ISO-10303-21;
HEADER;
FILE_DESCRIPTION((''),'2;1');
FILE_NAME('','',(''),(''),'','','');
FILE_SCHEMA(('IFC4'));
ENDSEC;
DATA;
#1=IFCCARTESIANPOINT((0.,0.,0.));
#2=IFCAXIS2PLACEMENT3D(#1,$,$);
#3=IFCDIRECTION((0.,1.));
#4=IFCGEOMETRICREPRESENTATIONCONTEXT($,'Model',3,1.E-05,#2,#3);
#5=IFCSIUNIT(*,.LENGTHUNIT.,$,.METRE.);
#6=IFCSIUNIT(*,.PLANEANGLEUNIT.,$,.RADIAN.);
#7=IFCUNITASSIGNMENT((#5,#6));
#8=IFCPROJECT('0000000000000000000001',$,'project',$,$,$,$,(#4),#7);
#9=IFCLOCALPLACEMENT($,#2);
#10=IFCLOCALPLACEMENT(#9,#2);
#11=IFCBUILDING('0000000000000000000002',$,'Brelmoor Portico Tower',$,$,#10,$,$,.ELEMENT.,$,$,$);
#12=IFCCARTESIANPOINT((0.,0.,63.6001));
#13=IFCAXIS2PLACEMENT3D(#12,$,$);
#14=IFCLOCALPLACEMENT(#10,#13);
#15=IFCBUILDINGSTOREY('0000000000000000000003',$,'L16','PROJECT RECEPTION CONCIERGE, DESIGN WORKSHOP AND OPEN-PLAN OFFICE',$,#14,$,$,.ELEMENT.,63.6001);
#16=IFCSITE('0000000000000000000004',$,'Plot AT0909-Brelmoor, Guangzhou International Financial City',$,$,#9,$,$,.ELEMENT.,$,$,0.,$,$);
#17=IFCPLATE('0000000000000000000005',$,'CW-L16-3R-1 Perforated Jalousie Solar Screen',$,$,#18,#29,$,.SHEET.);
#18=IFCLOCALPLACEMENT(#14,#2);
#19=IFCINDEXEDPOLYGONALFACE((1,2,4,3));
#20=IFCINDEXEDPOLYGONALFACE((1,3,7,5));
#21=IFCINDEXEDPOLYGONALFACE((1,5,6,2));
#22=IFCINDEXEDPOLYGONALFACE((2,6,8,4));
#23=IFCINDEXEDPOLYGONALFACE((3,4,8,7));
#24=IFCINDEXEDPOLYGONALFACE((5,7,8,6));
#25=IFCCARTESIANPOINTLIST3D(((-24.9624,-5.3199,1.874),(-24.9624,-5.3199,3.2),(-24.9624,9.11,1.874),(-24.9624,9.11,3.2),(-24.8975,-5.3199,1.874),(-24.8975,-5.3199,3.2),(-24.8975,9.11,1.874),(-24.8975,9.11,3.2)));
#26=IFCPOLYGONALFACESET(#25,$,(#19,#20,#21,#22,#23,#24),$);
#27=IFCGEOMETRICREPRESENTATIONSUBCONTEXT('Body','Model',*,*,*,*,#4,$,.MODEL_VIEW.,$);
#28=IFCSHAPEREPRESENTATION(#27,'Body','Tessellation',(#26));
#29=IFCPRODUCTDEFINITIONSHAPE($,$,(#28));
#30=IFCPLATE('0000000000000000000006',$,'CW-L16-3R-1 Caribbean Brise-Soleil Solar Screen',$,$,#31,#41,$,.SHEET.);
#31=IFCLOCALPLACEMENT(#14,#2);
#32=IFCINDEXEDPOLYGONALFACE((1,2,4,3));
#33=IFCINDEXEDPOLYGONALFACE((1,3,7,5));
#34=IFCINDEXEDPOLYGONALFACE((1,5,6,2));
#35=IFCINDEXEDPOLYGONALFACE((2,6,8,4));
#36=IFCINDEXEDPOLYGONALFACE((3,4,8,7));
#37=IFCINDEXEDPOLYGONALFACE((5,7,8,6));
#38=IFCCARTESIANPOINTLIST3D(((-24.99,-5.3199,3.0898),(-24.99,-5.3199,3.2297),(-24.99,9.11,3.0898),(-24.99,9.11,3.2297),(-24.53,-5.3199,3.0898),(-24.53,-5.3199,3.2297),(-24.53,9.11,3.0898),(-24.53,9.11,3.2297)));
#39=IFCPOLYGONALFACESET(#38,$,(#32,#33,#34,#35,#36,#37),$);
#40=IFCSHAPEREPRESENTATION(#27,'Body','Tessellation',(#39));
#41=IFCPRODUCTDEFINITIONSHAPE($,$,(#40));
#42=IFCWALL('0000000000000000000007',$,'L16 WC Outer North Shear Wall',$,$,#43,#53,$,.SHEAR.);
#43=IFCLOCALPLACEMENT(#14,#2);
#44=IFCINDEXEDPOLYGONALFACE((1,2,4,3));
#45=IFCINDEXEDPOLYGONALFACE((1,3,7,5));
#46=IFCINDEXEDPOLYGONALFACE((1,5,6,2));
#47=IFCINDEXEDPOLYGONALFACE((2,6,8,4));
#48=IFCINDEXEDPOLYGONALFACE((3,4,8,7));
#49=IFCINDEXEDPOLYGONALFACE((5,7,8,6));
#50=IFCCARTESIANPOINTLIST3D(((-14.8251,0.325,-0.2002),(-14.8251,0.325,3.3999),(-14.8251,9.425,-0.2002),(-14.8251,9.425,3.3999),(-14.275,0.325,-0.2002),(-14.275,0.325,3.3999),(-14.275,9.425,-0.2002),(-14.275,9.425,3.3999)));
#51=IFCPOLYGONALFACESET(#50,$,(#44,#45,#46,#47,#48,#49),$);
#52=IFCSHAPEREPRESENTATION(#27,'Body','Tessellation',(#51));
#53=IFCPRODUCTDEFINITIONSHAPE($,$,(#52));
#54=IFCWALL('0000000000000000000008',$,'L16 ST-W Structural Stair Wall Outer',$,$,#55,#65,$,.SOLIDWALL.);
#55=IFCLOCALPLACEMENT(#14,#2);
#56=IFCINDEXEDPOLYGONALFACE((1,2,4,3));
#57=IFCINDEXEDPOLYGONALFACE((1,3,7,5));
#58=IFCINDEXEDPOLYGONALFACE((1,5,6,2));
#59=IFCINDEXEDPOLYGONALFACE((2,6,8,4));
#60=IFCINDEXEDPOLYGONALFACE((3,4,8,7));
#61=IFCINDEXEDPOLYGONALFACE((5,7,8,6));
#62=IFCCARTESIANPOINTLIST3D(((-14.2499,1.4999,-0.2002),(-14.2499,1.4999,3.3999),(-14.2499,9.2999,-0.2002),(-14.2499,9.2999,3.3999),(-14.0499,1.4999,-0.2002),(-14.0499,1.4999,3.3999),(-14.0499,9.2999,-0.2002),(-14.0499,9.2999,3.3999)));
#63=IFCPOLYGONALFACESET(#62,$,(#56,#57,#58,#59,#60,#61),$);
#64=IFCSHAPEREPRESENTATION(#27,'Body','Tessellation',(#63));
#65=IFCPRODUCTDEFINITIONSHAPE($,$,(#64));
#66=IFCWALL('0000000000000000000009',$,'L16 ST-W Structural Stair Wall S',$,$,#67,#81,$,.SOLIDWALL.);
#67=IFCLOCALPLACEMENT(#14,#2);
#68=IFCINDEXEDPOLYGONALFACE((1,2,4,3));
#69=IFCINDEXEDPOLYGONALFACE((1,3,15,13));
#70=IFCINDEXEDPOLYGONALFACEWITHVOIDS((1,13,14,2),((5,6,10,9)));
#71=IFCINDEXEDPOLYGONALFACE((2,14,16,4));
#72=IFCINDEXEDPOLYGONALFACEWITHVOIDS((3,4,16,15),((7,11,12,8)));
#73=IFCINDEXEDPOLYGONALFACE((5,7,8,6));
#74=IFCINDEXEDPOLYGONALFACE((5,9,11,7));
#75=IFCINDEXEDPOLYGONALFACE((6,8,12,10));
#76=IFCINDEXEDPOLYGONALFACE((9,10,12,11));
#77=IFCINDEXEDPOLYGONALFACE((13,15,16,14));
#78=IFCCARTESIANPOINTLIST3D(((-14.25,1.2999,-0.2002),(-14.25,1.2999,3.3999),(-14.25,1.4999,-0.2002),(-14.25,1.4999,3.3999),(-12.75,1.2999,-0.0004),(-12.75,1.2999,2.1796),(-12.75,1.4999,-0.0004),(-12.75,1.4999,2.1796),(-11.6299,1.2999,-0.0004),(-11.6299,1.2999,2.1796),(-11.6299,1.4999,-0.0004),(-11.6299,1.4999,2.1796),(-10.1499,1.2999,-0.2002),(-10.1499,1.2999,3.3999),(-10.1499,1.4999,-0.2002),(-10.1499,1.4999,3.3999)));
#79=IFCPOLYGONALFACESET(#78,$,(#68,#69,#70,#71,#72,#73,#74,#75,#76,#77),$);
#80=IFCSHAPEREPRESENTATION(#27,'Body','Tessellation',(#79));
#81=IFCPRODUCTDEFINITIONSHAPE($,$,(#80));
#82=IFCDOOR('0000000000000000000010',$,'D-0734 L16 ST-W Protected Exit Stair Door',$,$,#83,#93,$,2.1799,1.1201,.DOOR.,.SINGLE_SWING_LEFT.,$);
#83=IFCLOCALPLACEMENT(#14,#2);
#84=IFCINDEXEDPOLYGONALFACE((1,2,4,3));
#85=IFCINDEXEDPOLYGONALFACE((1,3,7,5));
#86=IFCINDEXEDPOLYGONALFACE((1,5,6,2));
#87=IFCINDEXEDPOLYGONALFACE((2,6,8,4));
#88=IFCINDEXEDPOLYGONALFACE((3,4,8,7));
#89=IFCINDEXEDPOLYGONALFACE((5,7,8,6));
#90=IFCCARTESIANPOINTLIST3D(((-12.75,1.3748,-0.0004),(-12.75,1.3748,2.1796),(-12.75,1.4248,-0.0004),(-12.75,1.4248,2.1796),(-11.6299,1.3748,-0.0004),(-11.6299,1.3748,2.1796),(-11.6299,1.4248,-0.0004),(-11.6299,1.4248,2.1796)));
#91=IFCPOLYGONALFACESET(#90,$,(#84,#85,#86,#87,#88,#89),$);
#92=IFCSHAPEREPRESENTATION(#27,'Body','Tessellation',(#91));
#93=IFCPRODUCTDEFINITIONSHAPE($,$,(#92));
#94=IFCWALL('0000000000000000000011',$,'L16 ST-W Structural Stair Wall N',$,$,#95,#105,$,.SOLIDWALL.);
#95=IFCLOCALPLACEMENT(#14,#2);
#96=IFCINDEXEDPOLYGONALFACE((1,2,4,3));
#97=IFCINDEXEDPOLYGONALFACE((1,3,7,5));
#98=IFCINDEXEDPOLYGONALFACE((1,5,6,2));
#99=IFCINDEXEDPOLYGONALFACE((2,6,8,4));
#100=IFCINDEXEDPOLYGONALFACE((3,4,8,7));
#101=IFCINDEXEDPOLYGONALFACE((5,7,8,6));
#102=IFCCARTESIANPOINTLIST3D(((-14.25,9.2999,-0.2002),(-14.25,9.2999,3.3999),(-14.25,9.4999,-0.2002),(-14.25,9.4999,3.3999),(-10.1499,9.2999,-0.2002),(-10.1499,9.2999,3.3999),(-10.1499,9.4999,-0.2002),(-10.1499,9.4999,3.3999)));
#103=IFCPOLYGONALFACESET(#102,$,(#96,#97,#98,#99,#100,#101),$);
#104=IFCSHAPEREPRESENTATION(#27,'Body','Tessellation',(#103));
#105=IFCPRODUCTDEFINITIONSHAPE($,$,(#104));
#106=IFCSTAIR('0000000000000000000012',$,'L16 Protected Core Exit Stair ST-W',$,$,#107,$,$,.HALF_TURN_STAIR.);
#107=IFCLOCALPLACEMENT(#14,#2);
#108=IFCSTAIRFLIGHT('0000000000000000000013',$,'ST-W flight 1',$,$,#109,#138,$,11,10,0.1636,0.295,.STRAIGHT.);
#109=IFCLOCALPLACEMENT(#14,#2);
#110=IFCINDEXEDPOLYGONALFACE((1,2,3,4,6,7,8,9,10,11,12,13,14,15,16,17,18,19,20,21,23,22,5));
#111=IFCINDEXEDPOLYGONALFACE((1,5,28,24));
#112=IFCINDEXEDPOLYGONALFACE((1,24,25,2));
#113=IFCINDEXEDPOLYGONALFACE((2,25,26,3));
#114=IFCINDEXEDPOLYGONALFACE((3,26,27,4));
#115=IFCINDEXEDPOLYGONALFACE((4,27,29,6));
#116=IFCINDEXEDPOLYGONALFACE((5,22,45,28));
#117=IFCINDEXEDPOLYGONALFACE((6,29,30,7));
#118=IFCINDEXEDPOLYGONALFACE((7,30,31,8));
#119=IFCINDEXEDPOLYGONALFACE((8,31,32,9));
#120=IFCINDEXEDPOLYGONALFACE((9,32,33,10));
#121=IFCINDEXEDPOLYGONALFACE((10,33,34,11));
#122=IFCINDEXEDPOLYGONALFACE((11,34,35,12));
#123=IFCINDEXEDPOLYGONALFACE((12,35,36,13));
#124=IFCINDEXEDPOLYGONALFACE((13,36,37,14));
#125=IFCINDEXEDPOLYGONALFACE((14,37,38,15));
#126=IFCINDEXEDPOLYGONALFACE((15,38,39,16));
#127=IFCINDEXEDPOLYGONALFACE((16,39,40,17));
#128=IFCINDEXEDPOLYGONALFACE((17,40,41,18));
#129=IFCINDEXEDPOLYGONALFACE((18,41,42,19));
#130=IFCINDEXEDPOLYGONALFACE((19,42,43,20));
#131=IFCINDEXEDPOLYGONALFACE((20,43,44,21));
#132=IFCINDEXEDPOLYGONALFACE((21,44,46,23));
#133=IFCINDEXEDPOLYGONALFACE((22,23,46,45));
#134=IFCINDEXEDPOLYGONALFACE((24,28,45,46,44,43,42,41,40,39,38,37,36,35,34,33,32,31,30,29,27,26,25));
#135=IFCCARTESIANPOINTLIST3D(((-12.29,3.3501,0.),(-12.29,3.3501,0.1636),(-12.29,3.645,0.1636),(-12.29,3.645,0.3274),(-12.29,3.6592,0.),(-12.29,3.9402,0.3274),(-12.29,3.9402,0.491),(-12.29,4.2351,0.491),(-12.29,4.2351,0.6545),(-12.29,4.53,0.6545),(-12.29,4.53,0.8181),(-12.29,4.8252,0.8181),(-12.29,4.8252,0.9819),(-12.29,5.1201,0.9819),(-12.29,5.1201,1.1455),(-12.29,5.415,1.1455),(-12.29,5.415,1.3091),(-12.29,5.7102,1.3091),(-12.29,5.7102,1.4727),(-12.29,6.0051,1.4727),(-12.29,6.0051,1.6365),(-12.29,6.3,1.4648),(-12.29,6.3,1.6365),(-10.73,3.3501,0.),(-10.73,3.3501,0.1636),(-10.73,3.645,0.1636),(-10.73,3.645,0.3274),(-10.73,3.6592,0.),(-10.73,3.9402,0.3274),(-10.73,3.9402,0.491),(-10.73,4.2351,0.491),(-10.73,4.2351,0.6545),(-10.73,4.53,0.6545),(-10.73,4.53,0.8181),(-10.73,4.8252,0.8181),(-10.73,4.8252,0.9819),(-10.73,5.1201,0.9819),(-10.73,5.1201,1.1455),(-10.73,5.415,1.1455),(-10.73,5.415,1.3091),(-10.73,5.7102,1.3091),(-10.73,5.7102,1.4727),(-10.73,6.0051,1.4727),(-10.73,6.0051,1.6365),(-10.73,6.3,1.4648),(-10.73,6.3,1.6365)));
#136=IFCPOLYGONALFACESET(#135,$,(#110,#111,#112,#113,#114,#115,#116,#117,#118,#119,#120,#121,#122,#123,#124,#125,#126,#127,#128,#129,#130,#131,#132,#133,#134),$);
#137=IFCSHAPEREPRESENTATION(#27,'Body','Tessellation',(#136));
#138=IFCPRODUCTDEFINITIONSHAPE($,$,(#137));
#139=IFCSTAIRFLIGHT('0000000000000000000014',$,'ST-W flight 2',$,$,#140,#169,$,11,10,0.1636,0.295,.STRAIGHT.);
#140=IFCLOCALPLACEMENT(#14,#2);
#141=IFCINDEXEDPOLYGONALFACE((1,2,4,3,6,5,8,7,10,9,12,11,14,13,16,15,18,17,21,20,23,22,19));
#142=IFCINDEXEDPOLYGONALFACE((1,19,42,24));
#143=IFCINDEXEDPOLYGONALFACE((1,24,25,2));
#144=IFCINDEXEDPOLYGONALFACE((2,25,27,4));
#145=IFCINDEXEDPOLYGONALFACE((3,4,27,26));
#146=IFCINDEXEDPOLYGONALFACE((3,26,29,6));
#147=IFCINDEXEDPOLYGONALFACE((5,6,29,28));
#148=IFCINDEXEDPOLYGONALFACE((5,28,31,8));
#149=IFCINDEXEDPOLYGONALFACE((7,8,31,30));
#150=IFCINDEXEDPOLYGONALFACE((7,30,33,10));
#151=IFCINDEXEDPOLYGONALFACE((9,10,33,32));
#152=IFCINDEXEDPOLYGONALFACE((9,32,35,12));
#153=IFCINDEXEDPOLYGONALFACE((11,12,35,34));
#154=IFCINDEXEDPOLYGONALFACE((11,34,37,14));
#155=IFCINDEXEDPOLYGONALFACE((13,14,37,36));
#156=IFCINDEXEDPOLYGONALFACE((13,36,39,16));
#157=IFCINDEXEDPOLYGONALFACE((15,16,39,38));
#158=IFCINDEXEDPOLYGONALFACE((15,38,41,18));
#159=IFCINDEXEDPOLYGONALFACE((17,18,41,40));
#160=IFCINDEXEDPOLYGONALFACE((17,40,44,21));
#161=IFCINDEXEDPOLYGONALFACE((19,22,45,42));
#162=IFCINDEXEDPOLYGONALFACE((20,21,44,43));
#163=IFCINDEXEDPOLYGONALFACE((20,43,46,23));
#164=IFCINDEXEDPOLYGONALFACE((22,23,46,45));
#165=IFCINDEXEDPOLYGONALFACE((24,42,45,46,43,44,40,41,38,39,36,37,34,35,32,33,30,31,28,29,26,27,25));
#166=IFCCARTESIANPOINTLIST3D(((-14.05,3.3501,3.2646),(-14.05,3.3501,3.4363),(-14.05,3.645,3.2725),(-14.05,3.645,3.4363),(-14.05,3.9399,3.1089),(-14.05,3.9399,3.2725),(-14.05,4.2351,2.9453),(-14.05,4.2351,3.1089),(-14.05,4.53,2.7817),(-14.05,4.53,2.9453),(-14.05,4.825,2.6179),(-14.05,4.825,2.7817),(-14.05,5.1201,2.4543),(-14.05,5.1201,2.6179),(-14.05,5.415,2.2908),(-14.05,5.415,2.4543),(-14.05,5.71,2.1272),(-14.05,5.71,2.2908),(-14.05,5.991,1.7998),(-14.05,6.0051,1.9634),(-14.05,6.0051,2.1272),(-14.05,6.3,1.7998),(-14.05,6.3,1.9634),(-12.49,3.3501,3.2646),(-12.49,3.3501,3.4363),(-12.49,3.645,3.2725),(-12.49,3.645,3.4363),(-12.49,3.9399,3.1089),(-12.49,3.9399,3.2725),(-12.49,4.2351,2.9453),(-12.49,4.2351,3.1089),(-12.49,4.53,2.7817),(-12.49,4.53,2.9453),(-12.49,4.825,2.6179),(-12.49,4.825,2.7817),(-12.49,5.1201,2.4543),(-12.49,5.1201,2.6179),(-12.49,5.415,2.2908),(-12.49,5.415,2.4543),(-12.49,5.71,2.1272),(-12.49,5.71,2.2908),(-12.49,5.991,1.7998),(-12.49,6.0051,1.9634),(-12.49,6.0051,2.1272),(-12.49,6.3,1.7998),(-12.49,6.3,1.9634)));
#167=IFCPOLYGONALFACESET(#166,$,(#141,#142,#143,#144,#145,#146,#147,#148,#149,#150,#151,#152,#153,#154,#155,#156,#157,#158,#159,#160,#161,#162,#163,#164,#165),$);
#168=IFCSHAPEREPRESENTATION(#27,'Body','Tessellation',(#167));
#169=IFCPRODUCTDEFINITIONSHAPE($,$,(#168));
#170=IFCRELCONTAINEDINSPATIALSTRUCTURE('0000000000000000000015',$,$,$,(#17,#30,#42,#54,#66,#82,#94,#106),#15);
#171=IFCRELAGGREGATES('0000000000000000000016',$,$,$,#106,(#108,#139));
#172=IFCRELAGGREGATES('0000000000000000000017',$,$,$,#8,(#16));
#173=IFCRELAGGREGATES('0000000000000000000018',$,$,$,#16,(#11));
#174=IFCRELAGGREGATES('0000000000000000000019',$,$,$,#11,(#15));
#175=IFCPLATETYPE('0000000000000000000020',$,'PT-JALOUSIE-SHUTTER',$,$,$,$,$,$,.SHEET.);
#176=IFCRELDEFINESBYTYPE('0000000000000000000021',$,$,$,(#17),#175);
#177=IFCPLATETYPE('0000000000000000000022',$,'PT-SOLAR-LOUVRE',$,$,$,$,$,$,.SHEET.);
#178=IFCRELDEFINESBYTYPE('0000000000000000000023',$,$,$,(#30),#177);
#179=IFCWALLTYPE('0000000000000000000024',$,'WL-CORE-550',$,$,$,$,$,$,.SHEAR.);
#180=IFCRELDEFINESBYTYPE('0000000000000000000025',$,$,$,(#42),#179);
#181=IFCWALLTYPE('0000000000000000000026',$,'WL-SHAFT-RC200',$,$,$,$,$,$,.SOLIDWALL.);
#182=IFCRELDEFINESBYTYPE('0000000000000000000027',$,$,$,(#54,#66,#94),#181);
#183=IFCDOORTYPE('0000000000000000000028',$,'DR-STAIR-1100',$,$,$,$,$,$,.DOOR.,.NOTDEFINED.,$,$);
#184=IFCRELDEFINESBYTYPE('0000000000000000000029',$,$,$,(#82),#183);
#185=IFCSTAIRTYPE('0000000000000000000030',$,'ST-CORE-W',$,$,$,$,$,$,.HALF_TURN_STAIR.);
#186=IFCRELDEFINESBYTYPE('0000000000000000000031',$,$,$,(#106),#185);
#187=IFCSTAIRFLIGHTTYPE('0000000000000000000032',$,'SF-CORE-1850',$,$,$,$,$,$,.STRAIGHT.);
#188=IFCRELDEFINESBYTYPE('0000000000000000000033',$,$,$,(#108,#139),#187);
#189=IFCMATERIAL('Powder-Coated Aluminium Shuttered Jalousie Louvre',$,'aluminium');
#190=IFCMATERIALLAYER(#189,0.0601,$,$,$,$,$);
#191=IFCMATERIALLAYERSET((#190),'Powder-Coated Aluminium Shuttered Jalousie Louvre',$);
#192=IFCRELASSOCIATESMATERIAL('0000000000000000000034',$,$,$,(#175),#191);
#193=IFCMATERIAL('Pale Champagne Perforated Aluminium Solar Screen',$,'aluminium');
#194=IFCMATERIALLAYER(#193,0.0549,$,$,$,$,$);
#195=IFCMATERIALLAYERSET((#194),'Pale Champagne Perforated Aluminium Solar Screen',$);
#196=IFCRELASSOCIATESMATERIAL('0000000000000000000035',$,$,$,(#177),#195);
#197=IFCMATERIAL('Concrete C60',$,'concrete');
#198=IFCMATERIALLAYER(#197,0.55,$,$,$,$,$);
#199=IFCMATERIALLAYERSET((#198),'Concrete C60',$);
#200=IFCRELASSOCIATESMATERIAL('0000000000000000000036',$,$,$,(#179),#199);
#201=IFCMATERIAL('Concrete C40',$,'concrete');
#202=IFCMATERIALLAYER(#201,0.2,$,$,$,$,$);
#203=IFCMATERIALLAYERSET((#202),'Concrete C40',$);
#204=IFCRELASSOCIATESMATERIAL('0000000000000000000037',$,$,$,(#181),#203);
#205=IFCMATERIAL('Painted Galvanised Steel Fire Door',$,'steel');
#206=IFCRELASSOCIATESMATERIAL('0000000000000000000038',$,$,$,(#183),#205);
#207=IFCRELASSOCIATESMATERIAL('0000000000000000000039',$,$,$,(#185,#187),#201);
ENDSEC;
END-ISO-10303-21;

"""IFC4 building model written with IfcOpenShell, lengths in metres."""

from ifc_helpers import new_model, si_unit, direction, frame, frame_2d, origin, origin_2d, place, context, subcontext, project, spatial, polyline, rectangle, outline, extrude, material, layer, layer_set, type_object, element, fill, aggregate, save


model = new_model("IFC4")

# Units and contexts
model_context = context("Model", 3, precision=1e-05, world=origin(), true_north=direction((0.0, 1.0)))
body_context = subcontext(model_context, "Body", "Model", "MODEL_VIEW")
ifc_project = project(units=[si_unit("LENGTHUNIT", "METRE"), si_unit("PLANEANGLEUNIT", "RADIAN")], contexts=[model_context])

# Site, building, storey
site_placement = place(None, origin())
site = spatial("IfcSite", under=ifc_project, at=site_placement, Name="Plot AT0909-Brelmoor, Guangzhou International Financial City", CompositionType="ELEMENT", RefElevation=0.0)
building_placement = place(site_placement, origin())
building = spatial("IfcBuilding", under=site, at=building_placement, Name="Brelmoor Portico Tower", CompositionType="ELEMENT")
storey_placement = place(building_placement, frame((0.0, 0.0, 63.6001)))
storey = spatial("IfcBuildingStorey", under=building, at=storey_placement, Name="L16", Description="PROJECT RECEPTION CONCIERGE, DESIGN WORKSHOP AND OPEN-PLAN OFFICE", CompositionType="ELEMENT", Elevation=63.6001)

# Plates
ifc_material_1 = material(Name="Powder-Coated Aluminium Shuttered Jalousie Louvre", Category="aluminium")
ifc_layer_1 = layer(ifc_material_1, 0.0601)
ifc_layer_set_1 = layer_set([ifc_layer_1], Name="Powder-Coated Aluminium Shuttered Jalousie Louvre")
plate_type_1 = type_object("IfcPlateType", Name="PT-JALOUSIE-SHUTTER", PredefinedType="SHEET", material=ifc_layer_set_1)
plate_1_placement = place(storey_placement, frame((-24.9299, 1.895, 1.874), z_axis=(0.0, 0.0, 1.0), x_axis=(0.0, 1.0, 0.0)))
element("IfcPlate", 1, at=plate_1_placement, inside=storey, type_object=plate_type_1, Name="CW-L16-3R-1 Perforated Jalousie Solar Screen", PredefinedType="SHEET", context=body_context, shape_type="SweptSolid", body=[
    extrude(rectangle(XDim=14.4299, YDim=0.0649, at=origin_2d()), origin(), (0.0, 0.0, 1.0), 1.3259),
])
ifc_material_2 = material(Name="Pale Champagne Perforated Aluminium Solar Screen", Category="aluminium")
ifc_layer_2 = layer(ifc_material_2, 0.0549)
ifc_layer_set_2 = layer_set([ifc_layer_2], Name="Pale Champagne Perforated Aluminium Solar Screen")
plate_type_2 = type_object("IfcPlateType", Name="PT-SOLAR-LOUVRE", PredefinedType="SHEET", material=ifc_layer_set_2)
plate_2_placement = place(storey_placement, frame((-24.76, 1.895, 3.0898), z_axis=(0.0, 0.0, 1.0), x_axis=(0.0, 1.0, 0.0)))
element("IfcPlate", 2, at=plate_2_placement, inside=storey, type_object=plate_type_2, Name="CW-L16-3R-1 Caribbean Brise-Soleil Solar Screen", PredefinedType="SHEET", context=body_context, shape_type="SweptSolid", body=[
    extrude(rectangle(XDim=14.4299, YDim=0.46, at=origin_2d()), origin(), (0.0, 0.0, 1.0), 0.1399),
])

# Walls
ifc_material_3 = material(Name="Concrete C60", Category="concrete")
ifc_layer_3 = layer(ifc_material_3, 0.55)
ifc_layer_set_3 = layer_set([ifc_layer_3], Name="Concrete C60")
wall_type_1 = type_object("IfcWallType", Name="WL-CORE-550", PredefinedType="SHEAR", material=ifc_layer_set_3)
wall_1_placement = place(storey_placement, frame((-14.55, 0.325, -0.2002), z_axis=(0.0, 0.0, 1.0), x_axis=(0.0, 1.0, 0.0)))
element("IfcWall", 3, at=wall_1_placement, inside=storey, type_object=wall_type_1, Name="L16 WC Outer North Shear Wall", PredefinedType="SHEAR", context=body_context, shape_type="SweptSolid", body=[
    extrude(rectangle(XDim=9.1001, YDim=0.55, at=frame_2d((4.55, 0.0))), origin(), (0.0, 0.0, 1.0), 3.6001),
])
ifc_material_4 = material(Name="Concrete C40", Category="concrete")
ifc_layer_4 = layer(ifc_material_4, 0.2)
ifc_layer_set_4 = layer_set([ifc_layer_4], Name="Concrete C40")
wall_type_2 = type_object("IfcWallType", Name="WL-SHAFT-RC200", PredefinedType="SOLIDWALL", material=ifc_layer_set_4)
wall_2_placement = place(storey_placement, frame((-14.1499, 1.5, -0.2002), z_axis=(0.0, 0.0, 1.0), x_axis=(0.0, 1.0, 0.0)))
element("IfcWall", 4, at=wall_2_placement, inside=storey, type_object=wall_type_2, Name="L16 ST-W Structural Stair Wall Outer", PredefinedType="SOLIDWALL", context=body_context, shape_type="SweptSolid", body=[
    extrude(rectangle(XDim=7.8, YDim=0.2, at=frame_2d((3.8999, 0.0))), origin(), (0.0, 0.0, 1.0), 3.6001),
])

# Wall, opening, door
wall_3_placement = place(storey_placement, frame((-14.25, 1.3999, -0.2002), z_axis=(0.0, 0.0, 1.0), x_axis=(1.0, 0.0, 0.0)))
wall_3 = element("IfcWall", 5, at=wall_3_placement, inside=storey, type_object=wall_type_2, Name="L16 ST-W Structural Stair Wall S", PredefinedType="SOLIDWALL", context=body_context, shape_type="SweptSolid", body=[
    extrude(rectangle(XDim=4.1001, YDim=0.2, at=frame_2d((2.05, 0.0))), origin(), (0.0, 0.0, 1.0), 3.6001),
])
opening_placement = place(wall_3_placement, frame((1.5, 0.0, 0.2)))
opening = element("IfcOpeningElement", 6, at=opening_placement, cuts=wall_3, PredefinedType="OPENING", context=body_context, shape_type="SweptSolid", body=[
    extrude(rectangle(XDim=1.1201, YDim=2.1799, at=frame_2d((0.5601, 1.0898))), frame((0.0, 0.1099, 0.0), z_axis=(0.0, -1.0, 0.0), x_axis=(1.0, 0.0, 0.0)), (0.0, 0.0, 1.0), 0.22),
])
ifc_material_5 = material(Name="Painted Galvanised Steel Fire Door", Category="steel")
door_type = type_object("IfcDoorType", Name="DR-STAIR-1100", OperationType="NOTDEFINED", PredefinedType="DOOR", material=ifc_material_5)
door_placement = place(opening_placement, origin())
door = element("IfcDoor", 7, at=door_placement, inside=storey, type_object=door_type, Name="D-0734 L16 ST-W Protected Exit Stair Door", OperationType="SINGLE_SWING_LEFT", OverallHeight=2.1799, OverallWidth=1.1201, PredefinedType="DOOR", context=body_context, shape_type="SweptSolid", body=[
    extrude(rectangle(XDim=1.1201, YDim=2.1799, at=frame_2d((0.5601, 1.0898))), frame((0.0, 0.0249, 0.0), z_axis=(0.0, -1.0, 0.0), x_axis=(1.0, 0.0, 0.0)), (0.0, 0.0, 1.0), 0.05),
])
fill(opening, door)

# Wall
wall_4_placement = place(storey_placement, frame((-14.25, 9.3999, -0.2002), z_axis=(0.0, 0.0, 1.0), x_axis=(1.0, 0.0, 0.0)))
element("IfcWall", 8, at=wall_4_placement, inside=storey, type_object=wall_type_2, Name="L16 ST-W Structural Stair Wall N", PredefinedType="SOLIDWALL", context=body_context, shape_type="SweptSolid", body=[
    extrude(rectangle(XDim=4.1001, YDim=0.2, at=frame_2d((2.05, 0.0))), origin(), (0.0, 0.0, 1.0), 3.6001),
])

# Stair, stair flights
stair_type = type_object("IfcStairType", Name="ST-CORE-W", PredefinedType="HALF_TURN_STAIR", material=ifc_material_4)
stair_placement = place(storey_placement, origin())
stair = element("IfcStair", 9, at=stair_placement, inside=storey, type_object=stair_type, Name="L16 Protected Core Exit Stair ST-W", PredefinedType="HALF_TURN_STAIR")
stair_flight_type = type_object("IfcStairFlightType", Name="SF-CORE-1850", PredefinedType="STRAIGHT", material=ifc_material_4)
stair_flight_1_placement = place(storey_placement, frame((-11.51, 3.3501, 0.0), z_axis=(0.0, 0.0, 1.0), x_axis=(0.0, 1.0, 0.0)))
stair_flight_1 = element("IfcStairFlight", 10, at=stair_flight_1_placement, type_object=stair_flight_type, Name="ST-W flight 1", NumberOfRisers=11, NumberOfTreads=10, PredefinedType="STRAIGHT", RiserHeight=0.1636, TreadLength=0.295, context=body_context, shape_type="SweptSolid", body=[
    extrude(outline(polyline([(0.0, 0.0), (0.0, 0.1636), (0.2949, 0.1636), (0.2949, 0.3274), (0.5901, 0.3274), (0.5901, 0.491), (0.885, 0.491), (0.885, 0.6545), (1.1799, 0.6545), (1.1799, 0.8181), (1.4751, 0.8181), (1.4751, 0.9819), (1.77, 0.9819), (1.77, 1.1455), (2.0649, 1.1455), (2.0649, 1.3091), (2.3601, 1.3091), (2.3601, 1.4727), (2.655, 1.4727), (2.655, 1.6365), (2.95, 1.6365), (2.95, 1.8), (2.95, 1.4648), (0.3091, 0.0), (0.0, 0.0)])), frame((0.0, 0.78, 0.0), z_axis=(0.0, -1.0, 0.0), x_axis=(1.0, 0.0, 0.0)), (0.0, 0.0, 1.0), 1.5601),
])
stair_flight_2_placement = place(storey_placement, frame((-13.27, 6.3, 1.7998), z_axis=(0.0, 0.0, 1.0), x_axis=(0.0, -1.0, 0.0)))
stair_flight_2 = element("IfcStairFlight", 11, at=stair_flight_2_placement, type_object=stair_flight_type, Name="ST-W flight 2", NumberOfRisers=11, NumberOfTreads=10, PredefinedType="STRAIGHT", RiserHeight=0.1636, TreadLength=0.295, context=body_context, shape_type="SweptSolid", body=[
    extrude(outline(polyline([(0.0, 0.0), (0.0, 0.1636), (0.2949, 0.1636), (0.2949, 0.3274), (0.5901, 0.3274), (0.5901, 0.491), (0.885, 0.491), (0.885, 0.6545), (1.1799, 0.6545), (1.1799, 0.8181), (1.4751, 0.8181), (1.4751, 0.9819), (1.77, 0.9819), (1.77, 1.1455), (2.0649, 1.1455), (2.0649, 1.3091), (2.3601, 1.3091), (2.3601, 1.4727), (2.655, 1.4727), (2.655, 1.6365), (2.95, 1.6365), (2.95, 1.8), (2.95, 1.4648), (0.3091, 0.0), (0.0, 0.0)])), frame((0.0, 0.78, 0.0), z_axis=(0.0, -1.0, 0.0), x_axis=(1.0, 0.0, 0.0)), (0.0, 0.0, 1.0), 1.5601),
])
aggregate(stair, [stair_flight_1, stair_flight_2])

save(model, "model.ifc")
